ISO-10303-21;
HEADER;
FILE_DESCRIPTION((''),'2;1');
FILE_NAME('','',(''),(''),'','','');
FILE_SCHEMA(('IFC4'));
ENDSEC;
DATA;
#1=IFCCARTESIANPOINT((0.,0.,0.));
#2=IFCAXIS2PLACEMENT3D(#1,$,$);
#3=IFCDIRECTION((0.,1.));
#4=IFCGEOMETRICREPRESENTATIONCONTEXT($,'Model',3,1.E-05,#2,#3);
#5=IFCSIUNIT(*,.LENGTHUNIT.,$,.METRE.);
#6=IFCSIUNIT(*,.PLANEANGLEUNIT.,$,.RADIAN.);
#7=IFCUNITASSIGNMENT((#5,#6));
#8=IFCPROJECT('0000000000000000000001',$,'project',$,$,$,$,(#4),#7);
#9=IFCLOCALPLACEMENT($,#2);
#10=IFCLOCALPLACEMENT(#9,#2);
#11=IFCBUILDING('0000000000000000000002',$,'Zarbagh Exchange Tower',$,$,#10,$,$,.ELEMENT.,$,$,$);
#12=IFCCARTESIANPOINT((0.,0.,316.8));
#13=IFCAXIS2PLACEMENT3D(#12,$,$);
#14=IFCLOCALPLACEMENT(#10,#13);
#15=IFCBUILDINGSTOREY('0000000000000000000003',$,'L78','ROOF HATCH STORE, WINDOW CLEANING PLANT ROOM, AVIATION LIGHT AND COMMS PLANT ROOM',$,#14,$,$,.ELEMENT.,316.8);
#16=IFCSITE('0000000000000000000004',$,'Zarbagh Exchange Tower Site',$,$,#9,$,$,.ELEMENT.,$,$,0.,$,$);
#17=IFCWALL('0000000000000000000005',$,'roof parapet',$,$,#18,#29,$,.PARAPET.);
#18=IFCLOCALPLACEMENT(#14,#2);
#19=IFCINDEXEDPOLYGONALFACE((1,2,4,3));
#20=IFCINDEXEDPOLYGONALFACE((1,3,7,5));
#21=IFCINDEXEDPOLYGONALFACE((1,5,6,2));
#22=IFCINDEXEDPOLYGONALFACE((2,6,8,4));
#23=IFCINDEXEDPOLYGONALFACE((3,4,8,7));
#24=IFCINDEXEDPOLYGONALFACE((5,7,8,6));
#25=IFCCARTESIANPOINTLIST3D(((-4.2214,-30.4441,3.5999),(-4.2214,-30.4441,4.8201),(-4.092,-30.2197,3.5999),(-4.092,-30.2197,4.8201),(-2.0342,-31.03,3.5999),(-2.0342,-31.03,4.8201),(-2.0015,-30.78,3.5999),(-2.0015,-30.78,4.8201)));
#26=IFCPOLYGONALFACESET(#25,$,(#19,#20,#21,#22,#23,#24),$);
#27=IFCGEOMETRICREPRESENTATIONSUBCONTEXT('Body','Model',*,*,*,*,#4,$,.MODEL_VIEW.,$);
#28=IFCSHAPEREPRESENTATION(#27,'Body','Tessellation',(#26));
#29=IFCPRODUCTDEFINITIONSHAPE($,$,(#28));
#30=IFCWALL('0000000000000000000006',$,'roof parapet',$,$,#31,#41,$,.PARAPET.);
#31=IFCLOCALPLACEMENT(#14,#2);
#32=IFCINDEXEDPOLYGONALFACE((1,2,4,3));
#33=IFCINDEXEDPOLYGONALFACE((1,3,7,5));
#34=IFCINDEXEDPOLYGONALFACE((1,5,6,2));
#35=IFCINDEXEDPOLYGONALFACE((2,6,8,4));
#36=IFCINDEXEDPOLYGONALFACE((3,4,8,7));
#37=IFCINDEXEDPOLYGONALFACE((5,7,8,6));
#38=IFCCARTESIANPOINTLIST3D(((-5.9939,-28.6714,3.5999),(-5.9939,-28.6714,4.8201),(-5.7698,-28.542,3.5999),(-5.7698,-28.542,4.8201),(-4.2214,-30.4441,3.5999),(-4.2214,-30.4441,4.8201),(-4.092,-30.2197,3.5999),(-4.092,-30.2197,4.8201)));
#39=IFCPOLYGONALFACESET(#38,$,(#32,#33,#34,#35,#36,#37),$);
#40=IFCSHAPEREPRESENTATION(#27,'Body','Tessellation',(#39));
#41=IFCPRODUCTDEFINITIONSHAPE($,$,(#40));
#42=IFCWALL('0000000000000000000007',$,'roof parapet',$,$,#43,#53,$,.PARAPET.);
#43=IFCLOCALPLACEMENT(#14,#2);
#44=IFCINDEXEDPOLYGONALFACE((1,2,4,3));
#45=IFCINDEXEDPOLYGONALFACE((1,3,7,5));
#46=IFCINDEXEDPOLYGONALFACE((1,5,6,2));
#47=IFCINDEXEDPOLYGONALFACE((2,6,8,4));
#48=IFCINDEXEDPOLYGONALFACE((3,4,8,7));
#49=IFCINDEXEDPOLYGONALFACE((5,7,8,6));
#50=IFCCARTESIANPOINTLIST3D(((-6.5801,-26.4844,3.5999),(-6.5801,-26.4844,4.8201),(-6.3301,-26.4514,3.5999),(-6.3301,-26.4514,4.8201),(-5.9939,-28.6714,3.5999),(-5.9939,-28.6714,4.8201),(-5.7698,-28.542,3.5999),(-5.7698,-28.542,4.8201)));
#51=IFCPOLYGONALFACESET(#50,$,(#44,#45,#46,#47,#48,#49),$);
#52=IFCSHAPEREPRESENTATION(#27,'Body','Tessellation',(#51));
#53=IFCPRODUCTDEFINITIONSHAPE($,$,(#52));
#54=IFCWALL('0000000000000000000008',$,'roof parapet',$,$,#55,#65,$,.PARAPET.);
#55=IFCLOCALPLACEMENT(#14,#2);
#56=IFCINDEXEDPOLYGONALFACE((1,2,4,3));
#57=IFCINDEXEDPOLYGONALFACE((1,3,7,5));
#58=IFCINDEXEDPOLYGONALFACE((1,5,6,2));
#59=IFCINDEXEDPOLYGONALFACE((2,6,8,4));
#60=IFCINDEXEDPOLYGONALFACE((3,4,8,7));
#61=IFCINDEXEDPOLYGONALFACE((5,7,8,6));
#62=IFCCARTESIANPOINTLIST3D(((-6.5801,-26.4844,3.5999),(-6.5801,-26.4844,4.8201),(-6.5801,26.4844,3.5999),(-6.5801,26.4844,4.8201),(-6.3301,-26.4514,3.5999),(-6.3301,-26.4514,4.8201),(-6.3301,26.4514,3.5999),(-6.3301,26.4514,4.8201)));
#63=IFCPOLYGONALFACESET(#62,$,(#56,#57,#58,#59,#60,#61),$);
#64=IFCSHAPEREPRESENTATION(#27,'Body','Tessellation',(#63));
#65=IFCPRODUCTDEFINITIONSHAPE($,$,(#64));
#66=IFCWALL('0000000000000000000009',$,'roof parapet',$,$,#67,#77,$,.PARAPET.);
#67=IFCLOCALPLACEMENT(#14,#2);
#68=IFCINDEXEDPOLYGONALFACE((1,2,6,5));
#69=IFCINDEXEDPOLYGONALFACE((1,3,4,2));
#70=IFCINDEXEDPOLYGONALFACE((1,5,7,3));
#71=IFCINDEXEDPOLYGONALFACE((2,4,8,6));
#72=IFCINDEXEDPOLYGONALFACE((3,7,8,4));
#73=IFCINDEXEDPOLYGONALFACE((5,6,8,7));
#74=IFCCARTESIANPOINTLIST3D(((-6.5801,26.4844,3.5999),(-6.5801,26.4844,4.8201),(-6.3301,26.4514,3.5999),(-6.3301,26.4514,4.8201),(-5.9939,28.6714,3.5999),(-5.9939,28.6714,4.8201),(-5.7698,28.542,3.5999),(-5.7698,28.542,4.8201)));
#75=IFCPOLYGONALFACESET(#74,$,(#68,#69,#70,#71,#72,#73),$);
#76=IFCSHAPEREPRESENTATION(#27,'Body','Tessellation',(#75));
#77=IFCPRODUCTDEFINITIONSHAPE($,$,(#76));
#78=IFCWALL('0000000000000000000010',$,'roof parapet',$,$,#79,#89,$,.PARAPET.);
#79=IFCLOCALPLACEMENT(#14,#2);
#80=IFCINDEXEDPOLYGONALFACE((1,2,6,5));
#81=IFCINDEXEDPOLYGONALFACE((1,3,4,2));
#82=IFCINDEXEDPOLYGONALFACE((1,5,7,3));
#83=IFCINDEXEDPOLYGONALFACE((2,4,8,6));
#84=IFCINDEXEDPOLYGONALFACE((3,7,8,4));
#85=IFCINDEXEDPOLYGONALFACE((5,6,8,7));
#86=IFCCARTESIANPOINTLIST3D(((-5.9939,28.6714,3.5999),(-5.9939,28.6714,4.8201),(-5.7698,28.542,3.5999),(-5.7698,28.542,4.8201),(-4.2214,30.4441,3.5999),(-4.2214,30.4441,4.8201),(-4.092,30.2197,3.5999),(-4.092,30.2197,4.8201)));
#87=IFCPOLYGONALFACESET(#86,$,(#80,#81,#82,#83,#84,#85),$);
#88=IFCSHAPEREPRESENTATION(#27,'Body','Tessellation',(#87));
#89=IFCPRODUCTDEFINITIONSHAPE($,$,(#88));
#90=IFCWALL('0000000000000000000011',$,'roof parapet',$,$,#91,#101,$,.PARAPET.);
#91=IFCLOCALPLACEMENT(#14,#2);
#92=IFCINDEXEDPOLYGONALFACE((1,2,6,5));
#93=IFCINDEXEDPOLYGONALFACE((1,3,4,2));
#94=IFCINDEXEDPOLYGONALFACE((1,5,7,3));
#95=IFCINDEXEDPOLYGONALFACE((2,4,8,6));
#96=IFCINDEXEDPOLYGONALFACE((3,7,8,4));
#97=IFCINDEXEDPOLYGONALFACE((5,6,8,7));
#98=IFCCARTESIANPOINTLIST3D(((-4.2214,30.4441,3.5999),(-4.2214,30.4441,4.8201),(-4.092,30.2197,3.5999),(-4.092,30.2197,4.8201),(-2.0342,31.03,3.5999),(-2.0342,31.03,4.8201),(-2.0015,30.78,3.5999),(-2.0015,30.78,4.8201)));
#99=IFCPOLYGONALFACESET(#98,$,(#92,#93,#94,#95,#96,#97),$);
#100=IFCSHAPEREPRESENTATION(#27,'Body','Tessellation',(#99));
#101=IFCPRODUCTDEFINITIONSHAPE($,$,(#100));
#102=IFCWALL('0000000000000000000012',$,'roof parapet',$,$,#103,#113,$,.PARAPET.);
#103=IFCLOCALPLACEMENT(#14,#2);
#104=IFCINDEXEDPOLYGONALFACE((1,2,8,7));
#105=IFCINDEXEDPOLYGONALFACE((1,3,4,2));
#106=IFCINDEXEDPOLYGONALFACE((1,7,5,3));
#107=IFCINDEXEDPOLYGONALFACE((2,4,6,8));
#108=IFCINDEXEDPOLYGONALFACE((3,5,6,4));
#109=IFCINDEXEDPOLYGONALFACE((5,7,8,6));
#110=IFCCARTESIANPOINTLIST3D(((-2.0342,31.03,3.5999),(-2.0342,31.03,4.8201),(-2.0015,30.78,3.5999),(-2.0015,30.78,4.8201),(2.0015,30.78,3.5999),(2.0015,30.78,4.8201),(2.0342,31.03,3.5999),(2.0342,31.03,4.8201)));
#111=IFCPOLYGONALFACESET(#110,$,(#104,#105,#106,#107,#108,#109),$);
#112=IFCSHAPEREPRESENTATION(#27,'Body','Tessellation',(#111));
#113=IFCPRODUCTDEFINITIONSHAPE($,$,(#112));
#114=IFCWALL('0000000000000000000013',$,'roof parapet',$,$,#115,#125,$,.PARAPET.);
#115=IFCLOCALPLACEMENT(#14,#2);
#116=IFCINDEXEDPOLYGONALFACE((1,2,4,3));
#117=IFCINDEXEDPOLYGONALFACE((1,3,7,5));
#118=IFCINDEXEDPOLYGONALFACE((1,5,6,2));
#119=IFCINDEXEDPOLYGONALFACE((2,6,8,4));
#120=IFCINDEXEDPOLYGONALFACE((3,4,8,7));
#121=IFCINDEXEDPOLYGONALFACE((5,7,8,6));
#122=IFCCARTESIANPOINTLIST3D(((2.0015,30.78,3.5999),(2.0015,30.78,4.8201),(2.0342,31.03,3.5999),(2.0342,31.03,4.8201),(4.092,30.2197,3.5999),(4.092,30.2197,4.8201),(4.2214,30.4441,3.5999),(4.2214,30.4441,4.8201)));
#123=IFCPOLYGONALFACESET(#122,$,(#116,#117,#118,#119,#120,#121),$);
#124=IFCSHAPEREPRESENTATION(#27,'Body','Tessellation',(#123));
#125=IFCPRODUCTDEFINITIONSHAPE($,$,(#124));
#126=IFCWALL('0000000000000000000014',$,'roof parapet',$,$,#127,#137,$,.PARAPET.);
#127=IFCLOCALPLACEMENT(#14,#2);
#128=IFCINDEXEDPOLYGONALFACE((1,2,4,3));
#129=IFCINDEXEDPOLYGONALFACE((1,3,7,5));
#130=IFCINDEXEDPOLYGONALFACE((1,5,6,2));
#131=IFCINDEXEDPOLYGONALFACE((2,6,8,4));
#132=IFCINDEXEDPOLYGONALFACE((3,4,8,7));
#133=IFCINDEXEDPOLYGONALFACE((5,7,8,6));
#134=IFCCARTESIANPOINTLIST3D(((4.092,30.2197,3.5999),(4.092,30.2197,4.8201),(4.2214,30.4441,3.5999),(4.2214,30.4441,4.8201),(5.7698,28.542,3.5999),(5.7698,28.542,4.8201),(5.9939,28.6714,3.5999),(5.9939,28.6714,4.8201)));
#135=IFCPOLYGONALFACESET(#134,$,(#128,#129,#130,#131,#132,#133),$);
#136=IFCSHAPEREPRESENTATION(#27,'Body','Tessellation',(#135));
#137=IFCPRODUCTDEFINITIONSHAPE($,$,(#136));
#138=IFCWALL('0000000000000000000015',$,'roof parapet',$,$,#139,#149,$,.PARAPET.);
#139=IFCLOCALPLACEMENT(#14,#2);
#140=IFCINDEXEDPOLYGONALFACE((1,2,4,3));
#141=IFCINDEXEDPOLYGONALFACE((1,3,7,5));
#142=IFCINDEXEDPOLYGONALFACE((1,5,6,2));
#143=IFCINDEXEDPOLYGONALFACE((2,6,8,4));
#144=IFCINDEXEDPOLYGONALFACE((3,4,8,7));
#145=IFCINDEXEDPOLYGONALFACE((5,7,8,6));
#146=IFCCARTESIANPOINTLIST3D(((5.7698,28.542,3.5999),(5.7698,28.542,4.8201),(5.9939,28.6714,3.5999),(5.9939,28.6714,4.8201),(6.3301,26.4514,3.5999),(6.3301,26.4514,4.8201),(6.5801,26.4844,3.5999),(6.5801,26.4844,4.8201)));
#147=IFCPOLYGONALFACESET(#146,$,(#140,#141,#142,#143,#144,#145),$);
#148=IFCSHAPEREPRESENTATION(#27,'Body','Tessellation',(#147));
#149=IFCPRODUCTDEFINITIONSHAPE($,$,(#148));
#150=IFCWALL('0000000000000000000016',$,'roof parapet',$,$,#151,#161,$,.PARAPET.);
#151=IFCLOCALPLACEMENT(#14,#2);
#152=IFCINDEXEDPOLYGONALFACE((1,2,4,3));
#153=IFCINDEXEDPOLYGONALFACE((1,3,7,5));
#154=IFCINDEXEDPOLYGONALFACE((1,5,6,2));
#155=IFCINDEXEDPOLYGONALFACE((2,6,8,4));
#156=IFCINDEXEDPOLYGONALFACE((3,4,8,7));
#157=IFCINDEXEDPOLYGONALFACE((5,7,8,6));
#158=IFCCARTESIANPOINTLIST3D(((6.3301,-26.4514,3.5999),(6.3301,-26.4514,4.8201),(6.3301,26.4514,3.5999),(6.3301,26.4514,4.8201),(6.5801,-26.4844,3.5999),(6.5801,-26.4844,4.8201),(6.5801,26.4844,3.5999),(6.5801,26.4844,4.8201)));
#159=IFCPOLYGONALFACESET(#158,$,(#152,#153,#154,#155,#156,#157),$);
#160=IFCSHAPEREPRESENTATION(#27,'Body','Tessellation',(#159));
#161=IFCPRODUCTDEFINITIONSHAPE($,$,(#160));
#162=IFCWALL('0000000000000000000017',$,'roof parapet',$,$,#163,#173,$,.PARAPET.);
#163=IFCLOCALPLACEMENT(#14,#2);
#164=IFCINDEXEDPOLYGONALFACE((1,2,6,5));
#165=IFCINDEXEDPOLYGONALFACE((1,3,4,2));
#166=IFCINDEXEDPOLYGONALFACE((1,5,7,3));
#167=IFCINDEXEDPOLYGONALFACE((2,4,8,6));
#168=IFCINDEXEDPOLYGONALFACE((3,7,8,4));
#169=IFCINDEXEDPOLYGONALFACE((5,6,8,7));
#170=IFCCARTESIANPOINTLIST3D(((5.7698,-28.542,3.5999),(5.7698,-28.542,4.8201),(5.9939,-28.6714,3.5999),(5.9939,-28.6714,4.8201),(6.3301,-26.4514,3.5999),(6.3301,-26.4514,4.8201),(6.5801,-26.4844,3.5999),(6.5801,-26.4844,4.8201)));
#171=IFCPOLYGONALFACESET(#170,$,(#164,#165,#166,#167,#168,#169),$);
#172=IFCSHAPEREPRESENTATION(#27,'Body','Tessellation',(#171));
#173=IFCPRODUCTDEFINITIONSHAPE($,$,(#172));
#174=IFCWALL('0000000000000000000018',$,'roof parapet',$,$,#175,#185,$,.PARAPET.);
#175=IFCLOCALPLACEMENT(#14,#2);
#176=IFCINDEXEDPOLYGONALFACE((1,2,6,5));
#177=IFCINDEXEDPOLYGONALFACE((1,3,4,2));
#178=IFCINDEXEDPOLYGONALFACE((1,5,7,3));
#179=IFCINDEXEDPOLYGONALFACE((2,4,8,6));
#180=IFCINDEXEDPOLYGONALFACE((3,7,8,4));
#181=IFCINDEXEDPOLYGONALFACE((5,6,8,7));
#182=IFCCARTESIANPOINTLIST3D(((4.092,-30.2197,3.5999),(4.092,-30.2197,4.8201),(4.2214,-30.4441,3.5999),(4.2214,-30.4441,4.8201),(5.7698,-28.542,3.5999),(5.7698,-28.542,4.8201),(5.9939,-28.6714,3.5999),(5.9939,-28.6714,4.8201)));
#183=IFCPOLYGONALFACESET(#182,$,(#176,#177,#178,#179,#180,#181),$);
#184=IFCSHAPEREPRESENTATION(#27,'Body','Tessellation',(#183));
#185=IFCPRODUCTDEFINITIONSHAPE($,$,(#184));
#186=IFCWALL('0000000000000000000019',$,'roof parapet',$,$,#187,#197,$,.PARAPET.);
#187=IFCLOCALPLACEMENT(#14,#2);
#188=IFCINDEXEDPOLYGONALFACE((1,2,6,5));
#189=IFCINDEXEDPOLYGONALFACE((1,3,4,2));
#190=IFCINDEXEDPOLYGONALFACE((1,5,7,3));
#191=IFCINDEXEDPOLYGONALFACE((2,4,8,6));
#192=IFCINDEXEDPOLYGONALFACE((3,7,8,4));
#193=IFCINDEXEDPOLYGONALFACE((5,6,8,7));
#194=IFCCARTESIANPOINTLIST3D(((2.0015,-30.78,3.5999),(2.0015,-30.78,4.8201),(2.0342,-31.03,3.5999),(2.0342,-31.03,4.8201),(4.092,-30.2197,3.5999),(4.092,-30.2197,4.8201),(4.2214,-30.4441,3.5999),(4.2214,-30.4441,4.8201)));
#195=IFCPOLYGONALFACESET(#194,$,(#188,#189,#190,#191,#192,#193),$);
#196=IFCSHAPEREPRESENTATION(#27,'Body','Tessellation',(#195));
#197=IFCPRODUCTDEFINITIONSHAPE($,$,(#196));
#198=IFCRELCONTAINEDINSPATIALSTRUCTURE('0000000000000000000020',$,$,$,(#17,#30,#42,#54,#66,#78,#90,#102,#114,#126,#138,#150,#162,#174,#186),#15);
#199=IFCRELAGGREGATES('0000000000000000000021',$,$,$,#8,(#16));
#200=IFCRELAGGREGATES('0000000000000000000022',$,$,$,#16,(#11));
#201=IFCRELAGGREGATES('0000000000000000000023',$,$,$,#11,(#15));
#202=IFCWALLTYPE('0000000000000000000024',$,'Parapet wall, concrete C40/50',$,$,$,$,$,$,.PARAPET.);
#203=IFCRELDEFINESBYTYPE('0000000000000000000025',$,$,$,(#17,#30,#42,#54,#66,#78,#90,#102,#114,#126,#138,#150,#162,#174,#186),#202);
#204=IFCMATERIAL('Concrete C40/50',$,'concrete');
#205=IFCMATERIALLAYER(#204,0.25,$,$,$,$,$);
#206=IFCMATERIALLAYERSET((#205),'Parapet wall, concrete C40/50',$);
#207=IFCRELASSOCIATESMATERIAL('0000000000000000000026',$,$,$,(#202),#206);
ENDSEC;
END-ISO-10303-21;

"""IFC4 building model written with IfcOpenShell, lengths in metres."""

from ifc_helpers import new_model, si_unit, direction, frame, origin, place, context, subcontext, project, spatial, polyline, outline, extrude, material, layer, layer_set, type_object, element, save


model = new_model("IFC4")

# Units and contexts
model_context = context("Model", 3, precision=1e-05, world=origin(), true_north=direction((0.0, 1.0)))
body_context = subcontext(model_context, "Body", "Model", "MODEL_VIEW")
ifc_project = project(units=[si_unit("LENGTHUNIT", "METRE"), si_unit("PLANEANGLEUNIT", "RADIAN")], contexts=[model_context])

# Site, building, storey
site_placement = place(None, origin())
site = spatial("IfcSite", under=ifc_project, at=site_placement, Name="Zarbagh Exchange Tower Site", CompositionType="ELEMENT", RefElevation=0.0)
building_placement = place(site_placement, origin())
building = spatial("IfcBuilding", under=site, at=building_placement, Name="Zarbagh Exchange Tower", CompositionType="ELEMENT")
storey_placement = place(building_placement, frame((0.0, 0.0, 316.8)))
storey = spatial("IfcBuildingStorey", under=building, at=storey_placement, Name="L78", Description="ROOF HATCH STORE, WINDOW CLEANING PLANT ROOM, AVIATION LIGHT AND COMMS PLANT ROOM", CompositionType="ELEMENT", Elevation=316.8)

# Walls
ifc_material_1 = material(Name="Concrete C40/50", Category="concrete")
ifc_layer_1 = layer(ifc_material_1, 0.25)
ifc_layer_set_1 = layer_set([ifc_layer_1], Name="Parapet wall, concrete C40/50")
wall_type_1 = type_object("IfcWallType", Name="Parapet wall, concrete C40/50", PredefinedType="PARAPET", material=ifc_layer_set_1)
wall_1_placement = place(storey_placement, frame((0.0, 0.0, 3.5999)))
element("IfcWall", 1, at=wall_1_placement, inside=storey, type_object=wall_type_1, Name="roof parapet", PredefinedType="PARAPET", context=body_context, shape_type="SweptSolid", body=[
    extrude(outline(polyline([(-2.0342, -31.03), (-4.2214, -30.4441), (-4.092, -30.2197), (-2.0015, -30.78), (-2.0342, -31.03)])), origin(), (0.0, 0.0, 1.0), 1.2202),
])
wall_2_placement = place(storey_placement, frame((0.0, 0.0, 3.5999)))
element("IfcWall", 2, at=wall_2_placement, inside=storey, type_object=wall_type_1, Name="roof parapet", PredefinedType="PARAPET", context=body_context, shape_type="SweptSolid", body=[
    extrude(outline(polyline([(-4.2214, -30.4441), (-5.9939, -28.6714), (-5.7698, -28.542), (-4.092, -30.2197), (-4.2214, -30.4441)])), origin(), (0.0, 0.0, 1.0), 1.2202),
])
wall_3_placement = place(storey_placement, frame((0.0, 0.0, 3.5999)))
element("IfcWall", 3, at=wall_3_placement, inside=storey, type_object=wall_type_1, Name="roof parapet", PredefinedType="PARAPET", context=body_context, shape_type="SweptSolid", body=[
    extrude(outline(polyline([(-5.9939, -28.6714), (-6.5801, -26.4844), (-6.3301, -26.4514), (-5.7698, -28.542), (-5.9939, -28.6714)])), origin(), (0.0, 0.0, 1.0), 1.2202),
])
wall_4_placement = place(storey_placement, frame((0.0, 0.0, 3.5999)))
element("IfcWall", 4, at=wall_4_placement, inside=storey, type_object=wall_type_1, Name="roof parapet", PredefinedType="PARAPET", context=body_context, shape_type="SweptSolid", body=[
    extrude(outline(polyline([(-6.5801, -26.4844), (-6.5801, 26.4844), (-6.3301, 26.4514), (-6.3301, -26.4514), (-6.5801, -26.4844)])), origin(), (0.0, 0.0, 1.0), 1.2202),
])
wall_5_placement = place(storey_placement, frame((0.0, 0.0, 3.5999)))
element("IfcWall", 5, at=wall_5_placement, inside=storey, type_object=wall_type_1, Name="roof parapet", PredefinedType="PARAPET", context=body_context, shape_type="SweptSolid", body=[
    extrude(outline(polyline([(-6.5801, 26.4844), (-5.9939, 28.6714), (-5.7698, 28.542), (-6.3301, 26.4514), (-6.5801, 26.4844)])), origin(), (0.0, 0.0, 1.0), 1.2202),
])
wall_6_placement = place(storey_placement, frame((0.0, 0.0, 3.5999)))
element("IfcWall", 6, at=wall_6_placement, inside=storey, type_object=wall_type_1, Name="roof parapet", PredefinedType="PARAPET", context=body_context, shape_type="SweptSolid", body=[
    extrude(outline(polyline([(-5.9939, 28.6714), (-4.2214, 30.4441), (-4.092, 30.2197), (-5.7698, 28.542), (-5.9939, 28.6714)])), origin(), (0.0, 0.0, 1.0), 1.2202),
])
wall_7_placement = place(storey_placement, frame((0.0, 0.0, 3.5999)))
element("IfcWall", 7, at=wall_7_placement, inside=storey, type_object=wall_type_1, Name="roof parapet", PredefinedType="PARAPET", context=body_context, shape_type="SweptSolid", body=[
    extrude(outline(polyline([(-4.2214, 30.4441), (-2.0342, 31.03), (-2.0015, 30.78), (-4.092, 30.2197), (-4.2214, 30.4441)])), origin(), (0.0, 0.0, 1.0), 1.2202),
])
wall_8_placement = place(storey_placement, frame((0.0, 0.0, 3.5999)))
element("IfcWall", 8, at=wall_8_placement, inside=storey, type_object=wall_type_1, Name="roof parapet", PredefinedType="PARAPET", context=body_context, shape_type="SweptSolid", body=[
    extrude(outline(polyline([(-2.0342, 31.03), (2.0342, 31.03), (2.0015, 30.78), (-2.0015, 30.78), (-2.0342, 31.03)])), origin(), (0.0, 0.0, 1.0), 1.2202),
])
wall_9_placement = place(storey_placement, frame((0.0, 0.0, 3.5999)))
element("IfcWall", 9, at=wall_9_placement, inside=storey, type_object=wall_type_1, Name="roof parapet", PredefinedType="PARAPET", context=body_context, shape_type="SweptSolid", body=[
    extrude(outline(polyline([(2.0342, 31.03), (4.2214, 30.4441), (4.092, 30.2197), (2.0015, 30.78), (2.0342, 31.03)])), origin(), (0.0, 0.0, 1.0), 1.2202),
])
wall_10_placement = place(storey_placement, frame((0.0, 0.0, 3.5999)))
element("IfcWall", 10, at=wall_10_placement, inside=storey, type_object=wall_type_1, Name="roof parapet", PredefinedType="PARAPET", context=body_context, shape_type="SweptSolid", body=[
    extrude(outline(polyline([(4.2214, 30.4441), (5.9939, 28.6714), (5.7698, 28.542), (4.092, 30.2197), (4.2214, 30.4441)])), origin(), (0.0, 0.0, 1.0), 1.2202),
])
wall_11_placement = place(storey_placement, frame((0.0, 0.0, 3.5999)))
element("IfcWall", 11, at=wall_11_placement, inside=storey, type_object=wall_type_1, Name="roof parapet", PredefinedType="PARAPET", context=body_context, shape_type="SweptSolid", body=[
    extrude(outline(polyline([(5.9939, 28.6714), (6.5801, 26.4844), (6.3301, 26.4514), (5.7698, 28.542), (5.9939, 28.6714)])), origin(), (0.0, 0.0, 1.0), 1.2202),
])
wall_12_placement = place(storey_placement, frame((0.0, 0.0, 3.5999)))
element("IfcWall", 12, at=wall_12_placement, inside=storey, type_object=wall_type_1, Name="roof parapet", PredefinedType="PARAPET", context=body_context, shape_type="SweptSolid", body=[
    extrude(outline(polyline([(6.5801, 26.4844), (6.5801, -26.4844), (6.3301, -26.4514), (6.3301, 26.4514), (6.5801, 26.4844)])), origin(), (0.0, 0.0, 1.0), 1.2202),
])
wall_13_placement = place(storey_placement, frame((0.0, 0.0, 3.5999)))
element("IfcWall", 13, at=wall_13_placement, inside=storey, type_object=wall_type_1, Name="roof parapet", PredefinedType="PARAPET", context=body_context, shape_type="SweptSolid", body=[
    extrude(outline(polyline([(6.5801, -26.4844), (5.9939, -28.6714), (5.7698, -28.542), (6.3301, -26.4514), (6.5801, -26.4844)])), origin(), (0.0, 0.0, 1.0), 1.2202),
])
wall_14_placement = place(storey_placement, frame((0.0, 0.0, 3.5999)))
element("IfcWall", 14, at=wall_14_placement, inside=storey, type_object=wall_type_1, Name="roof parapet", PredefinedType="PARAPET", context=body_context, shape_type="SweptSolid", body=[
    extrude(outline(polyline([(5.9939, -28.6714), (4.2214, -30.4441), (4.092, -30.2197), (5.7698, -28.542), (5.9939, -28.6714)])), origin(), (0.0, 0.0, 1.0), 1.2202),
])
wall_15_placement = place(storey_placement, frame((0.0, 0.0, 3.5999)))
element("IfcWall", 15, at=wall_15_placement, inside=storey, type_object=wall_type_1, Name="roof parapet", PredefinedType="PARAPET", context=body_context, shape_type="SweptSolid", body=[
    extrude(outline(polyline([(4.2214, -30.4441), (2.0342, -31.03), (2.0015, -30.78), (4.092, -30.2197), (4.2214, -30.4441)])), origin(), (0.0, 0.0, 1.0), 1.2202),
])

save(model, "model.ifc")
